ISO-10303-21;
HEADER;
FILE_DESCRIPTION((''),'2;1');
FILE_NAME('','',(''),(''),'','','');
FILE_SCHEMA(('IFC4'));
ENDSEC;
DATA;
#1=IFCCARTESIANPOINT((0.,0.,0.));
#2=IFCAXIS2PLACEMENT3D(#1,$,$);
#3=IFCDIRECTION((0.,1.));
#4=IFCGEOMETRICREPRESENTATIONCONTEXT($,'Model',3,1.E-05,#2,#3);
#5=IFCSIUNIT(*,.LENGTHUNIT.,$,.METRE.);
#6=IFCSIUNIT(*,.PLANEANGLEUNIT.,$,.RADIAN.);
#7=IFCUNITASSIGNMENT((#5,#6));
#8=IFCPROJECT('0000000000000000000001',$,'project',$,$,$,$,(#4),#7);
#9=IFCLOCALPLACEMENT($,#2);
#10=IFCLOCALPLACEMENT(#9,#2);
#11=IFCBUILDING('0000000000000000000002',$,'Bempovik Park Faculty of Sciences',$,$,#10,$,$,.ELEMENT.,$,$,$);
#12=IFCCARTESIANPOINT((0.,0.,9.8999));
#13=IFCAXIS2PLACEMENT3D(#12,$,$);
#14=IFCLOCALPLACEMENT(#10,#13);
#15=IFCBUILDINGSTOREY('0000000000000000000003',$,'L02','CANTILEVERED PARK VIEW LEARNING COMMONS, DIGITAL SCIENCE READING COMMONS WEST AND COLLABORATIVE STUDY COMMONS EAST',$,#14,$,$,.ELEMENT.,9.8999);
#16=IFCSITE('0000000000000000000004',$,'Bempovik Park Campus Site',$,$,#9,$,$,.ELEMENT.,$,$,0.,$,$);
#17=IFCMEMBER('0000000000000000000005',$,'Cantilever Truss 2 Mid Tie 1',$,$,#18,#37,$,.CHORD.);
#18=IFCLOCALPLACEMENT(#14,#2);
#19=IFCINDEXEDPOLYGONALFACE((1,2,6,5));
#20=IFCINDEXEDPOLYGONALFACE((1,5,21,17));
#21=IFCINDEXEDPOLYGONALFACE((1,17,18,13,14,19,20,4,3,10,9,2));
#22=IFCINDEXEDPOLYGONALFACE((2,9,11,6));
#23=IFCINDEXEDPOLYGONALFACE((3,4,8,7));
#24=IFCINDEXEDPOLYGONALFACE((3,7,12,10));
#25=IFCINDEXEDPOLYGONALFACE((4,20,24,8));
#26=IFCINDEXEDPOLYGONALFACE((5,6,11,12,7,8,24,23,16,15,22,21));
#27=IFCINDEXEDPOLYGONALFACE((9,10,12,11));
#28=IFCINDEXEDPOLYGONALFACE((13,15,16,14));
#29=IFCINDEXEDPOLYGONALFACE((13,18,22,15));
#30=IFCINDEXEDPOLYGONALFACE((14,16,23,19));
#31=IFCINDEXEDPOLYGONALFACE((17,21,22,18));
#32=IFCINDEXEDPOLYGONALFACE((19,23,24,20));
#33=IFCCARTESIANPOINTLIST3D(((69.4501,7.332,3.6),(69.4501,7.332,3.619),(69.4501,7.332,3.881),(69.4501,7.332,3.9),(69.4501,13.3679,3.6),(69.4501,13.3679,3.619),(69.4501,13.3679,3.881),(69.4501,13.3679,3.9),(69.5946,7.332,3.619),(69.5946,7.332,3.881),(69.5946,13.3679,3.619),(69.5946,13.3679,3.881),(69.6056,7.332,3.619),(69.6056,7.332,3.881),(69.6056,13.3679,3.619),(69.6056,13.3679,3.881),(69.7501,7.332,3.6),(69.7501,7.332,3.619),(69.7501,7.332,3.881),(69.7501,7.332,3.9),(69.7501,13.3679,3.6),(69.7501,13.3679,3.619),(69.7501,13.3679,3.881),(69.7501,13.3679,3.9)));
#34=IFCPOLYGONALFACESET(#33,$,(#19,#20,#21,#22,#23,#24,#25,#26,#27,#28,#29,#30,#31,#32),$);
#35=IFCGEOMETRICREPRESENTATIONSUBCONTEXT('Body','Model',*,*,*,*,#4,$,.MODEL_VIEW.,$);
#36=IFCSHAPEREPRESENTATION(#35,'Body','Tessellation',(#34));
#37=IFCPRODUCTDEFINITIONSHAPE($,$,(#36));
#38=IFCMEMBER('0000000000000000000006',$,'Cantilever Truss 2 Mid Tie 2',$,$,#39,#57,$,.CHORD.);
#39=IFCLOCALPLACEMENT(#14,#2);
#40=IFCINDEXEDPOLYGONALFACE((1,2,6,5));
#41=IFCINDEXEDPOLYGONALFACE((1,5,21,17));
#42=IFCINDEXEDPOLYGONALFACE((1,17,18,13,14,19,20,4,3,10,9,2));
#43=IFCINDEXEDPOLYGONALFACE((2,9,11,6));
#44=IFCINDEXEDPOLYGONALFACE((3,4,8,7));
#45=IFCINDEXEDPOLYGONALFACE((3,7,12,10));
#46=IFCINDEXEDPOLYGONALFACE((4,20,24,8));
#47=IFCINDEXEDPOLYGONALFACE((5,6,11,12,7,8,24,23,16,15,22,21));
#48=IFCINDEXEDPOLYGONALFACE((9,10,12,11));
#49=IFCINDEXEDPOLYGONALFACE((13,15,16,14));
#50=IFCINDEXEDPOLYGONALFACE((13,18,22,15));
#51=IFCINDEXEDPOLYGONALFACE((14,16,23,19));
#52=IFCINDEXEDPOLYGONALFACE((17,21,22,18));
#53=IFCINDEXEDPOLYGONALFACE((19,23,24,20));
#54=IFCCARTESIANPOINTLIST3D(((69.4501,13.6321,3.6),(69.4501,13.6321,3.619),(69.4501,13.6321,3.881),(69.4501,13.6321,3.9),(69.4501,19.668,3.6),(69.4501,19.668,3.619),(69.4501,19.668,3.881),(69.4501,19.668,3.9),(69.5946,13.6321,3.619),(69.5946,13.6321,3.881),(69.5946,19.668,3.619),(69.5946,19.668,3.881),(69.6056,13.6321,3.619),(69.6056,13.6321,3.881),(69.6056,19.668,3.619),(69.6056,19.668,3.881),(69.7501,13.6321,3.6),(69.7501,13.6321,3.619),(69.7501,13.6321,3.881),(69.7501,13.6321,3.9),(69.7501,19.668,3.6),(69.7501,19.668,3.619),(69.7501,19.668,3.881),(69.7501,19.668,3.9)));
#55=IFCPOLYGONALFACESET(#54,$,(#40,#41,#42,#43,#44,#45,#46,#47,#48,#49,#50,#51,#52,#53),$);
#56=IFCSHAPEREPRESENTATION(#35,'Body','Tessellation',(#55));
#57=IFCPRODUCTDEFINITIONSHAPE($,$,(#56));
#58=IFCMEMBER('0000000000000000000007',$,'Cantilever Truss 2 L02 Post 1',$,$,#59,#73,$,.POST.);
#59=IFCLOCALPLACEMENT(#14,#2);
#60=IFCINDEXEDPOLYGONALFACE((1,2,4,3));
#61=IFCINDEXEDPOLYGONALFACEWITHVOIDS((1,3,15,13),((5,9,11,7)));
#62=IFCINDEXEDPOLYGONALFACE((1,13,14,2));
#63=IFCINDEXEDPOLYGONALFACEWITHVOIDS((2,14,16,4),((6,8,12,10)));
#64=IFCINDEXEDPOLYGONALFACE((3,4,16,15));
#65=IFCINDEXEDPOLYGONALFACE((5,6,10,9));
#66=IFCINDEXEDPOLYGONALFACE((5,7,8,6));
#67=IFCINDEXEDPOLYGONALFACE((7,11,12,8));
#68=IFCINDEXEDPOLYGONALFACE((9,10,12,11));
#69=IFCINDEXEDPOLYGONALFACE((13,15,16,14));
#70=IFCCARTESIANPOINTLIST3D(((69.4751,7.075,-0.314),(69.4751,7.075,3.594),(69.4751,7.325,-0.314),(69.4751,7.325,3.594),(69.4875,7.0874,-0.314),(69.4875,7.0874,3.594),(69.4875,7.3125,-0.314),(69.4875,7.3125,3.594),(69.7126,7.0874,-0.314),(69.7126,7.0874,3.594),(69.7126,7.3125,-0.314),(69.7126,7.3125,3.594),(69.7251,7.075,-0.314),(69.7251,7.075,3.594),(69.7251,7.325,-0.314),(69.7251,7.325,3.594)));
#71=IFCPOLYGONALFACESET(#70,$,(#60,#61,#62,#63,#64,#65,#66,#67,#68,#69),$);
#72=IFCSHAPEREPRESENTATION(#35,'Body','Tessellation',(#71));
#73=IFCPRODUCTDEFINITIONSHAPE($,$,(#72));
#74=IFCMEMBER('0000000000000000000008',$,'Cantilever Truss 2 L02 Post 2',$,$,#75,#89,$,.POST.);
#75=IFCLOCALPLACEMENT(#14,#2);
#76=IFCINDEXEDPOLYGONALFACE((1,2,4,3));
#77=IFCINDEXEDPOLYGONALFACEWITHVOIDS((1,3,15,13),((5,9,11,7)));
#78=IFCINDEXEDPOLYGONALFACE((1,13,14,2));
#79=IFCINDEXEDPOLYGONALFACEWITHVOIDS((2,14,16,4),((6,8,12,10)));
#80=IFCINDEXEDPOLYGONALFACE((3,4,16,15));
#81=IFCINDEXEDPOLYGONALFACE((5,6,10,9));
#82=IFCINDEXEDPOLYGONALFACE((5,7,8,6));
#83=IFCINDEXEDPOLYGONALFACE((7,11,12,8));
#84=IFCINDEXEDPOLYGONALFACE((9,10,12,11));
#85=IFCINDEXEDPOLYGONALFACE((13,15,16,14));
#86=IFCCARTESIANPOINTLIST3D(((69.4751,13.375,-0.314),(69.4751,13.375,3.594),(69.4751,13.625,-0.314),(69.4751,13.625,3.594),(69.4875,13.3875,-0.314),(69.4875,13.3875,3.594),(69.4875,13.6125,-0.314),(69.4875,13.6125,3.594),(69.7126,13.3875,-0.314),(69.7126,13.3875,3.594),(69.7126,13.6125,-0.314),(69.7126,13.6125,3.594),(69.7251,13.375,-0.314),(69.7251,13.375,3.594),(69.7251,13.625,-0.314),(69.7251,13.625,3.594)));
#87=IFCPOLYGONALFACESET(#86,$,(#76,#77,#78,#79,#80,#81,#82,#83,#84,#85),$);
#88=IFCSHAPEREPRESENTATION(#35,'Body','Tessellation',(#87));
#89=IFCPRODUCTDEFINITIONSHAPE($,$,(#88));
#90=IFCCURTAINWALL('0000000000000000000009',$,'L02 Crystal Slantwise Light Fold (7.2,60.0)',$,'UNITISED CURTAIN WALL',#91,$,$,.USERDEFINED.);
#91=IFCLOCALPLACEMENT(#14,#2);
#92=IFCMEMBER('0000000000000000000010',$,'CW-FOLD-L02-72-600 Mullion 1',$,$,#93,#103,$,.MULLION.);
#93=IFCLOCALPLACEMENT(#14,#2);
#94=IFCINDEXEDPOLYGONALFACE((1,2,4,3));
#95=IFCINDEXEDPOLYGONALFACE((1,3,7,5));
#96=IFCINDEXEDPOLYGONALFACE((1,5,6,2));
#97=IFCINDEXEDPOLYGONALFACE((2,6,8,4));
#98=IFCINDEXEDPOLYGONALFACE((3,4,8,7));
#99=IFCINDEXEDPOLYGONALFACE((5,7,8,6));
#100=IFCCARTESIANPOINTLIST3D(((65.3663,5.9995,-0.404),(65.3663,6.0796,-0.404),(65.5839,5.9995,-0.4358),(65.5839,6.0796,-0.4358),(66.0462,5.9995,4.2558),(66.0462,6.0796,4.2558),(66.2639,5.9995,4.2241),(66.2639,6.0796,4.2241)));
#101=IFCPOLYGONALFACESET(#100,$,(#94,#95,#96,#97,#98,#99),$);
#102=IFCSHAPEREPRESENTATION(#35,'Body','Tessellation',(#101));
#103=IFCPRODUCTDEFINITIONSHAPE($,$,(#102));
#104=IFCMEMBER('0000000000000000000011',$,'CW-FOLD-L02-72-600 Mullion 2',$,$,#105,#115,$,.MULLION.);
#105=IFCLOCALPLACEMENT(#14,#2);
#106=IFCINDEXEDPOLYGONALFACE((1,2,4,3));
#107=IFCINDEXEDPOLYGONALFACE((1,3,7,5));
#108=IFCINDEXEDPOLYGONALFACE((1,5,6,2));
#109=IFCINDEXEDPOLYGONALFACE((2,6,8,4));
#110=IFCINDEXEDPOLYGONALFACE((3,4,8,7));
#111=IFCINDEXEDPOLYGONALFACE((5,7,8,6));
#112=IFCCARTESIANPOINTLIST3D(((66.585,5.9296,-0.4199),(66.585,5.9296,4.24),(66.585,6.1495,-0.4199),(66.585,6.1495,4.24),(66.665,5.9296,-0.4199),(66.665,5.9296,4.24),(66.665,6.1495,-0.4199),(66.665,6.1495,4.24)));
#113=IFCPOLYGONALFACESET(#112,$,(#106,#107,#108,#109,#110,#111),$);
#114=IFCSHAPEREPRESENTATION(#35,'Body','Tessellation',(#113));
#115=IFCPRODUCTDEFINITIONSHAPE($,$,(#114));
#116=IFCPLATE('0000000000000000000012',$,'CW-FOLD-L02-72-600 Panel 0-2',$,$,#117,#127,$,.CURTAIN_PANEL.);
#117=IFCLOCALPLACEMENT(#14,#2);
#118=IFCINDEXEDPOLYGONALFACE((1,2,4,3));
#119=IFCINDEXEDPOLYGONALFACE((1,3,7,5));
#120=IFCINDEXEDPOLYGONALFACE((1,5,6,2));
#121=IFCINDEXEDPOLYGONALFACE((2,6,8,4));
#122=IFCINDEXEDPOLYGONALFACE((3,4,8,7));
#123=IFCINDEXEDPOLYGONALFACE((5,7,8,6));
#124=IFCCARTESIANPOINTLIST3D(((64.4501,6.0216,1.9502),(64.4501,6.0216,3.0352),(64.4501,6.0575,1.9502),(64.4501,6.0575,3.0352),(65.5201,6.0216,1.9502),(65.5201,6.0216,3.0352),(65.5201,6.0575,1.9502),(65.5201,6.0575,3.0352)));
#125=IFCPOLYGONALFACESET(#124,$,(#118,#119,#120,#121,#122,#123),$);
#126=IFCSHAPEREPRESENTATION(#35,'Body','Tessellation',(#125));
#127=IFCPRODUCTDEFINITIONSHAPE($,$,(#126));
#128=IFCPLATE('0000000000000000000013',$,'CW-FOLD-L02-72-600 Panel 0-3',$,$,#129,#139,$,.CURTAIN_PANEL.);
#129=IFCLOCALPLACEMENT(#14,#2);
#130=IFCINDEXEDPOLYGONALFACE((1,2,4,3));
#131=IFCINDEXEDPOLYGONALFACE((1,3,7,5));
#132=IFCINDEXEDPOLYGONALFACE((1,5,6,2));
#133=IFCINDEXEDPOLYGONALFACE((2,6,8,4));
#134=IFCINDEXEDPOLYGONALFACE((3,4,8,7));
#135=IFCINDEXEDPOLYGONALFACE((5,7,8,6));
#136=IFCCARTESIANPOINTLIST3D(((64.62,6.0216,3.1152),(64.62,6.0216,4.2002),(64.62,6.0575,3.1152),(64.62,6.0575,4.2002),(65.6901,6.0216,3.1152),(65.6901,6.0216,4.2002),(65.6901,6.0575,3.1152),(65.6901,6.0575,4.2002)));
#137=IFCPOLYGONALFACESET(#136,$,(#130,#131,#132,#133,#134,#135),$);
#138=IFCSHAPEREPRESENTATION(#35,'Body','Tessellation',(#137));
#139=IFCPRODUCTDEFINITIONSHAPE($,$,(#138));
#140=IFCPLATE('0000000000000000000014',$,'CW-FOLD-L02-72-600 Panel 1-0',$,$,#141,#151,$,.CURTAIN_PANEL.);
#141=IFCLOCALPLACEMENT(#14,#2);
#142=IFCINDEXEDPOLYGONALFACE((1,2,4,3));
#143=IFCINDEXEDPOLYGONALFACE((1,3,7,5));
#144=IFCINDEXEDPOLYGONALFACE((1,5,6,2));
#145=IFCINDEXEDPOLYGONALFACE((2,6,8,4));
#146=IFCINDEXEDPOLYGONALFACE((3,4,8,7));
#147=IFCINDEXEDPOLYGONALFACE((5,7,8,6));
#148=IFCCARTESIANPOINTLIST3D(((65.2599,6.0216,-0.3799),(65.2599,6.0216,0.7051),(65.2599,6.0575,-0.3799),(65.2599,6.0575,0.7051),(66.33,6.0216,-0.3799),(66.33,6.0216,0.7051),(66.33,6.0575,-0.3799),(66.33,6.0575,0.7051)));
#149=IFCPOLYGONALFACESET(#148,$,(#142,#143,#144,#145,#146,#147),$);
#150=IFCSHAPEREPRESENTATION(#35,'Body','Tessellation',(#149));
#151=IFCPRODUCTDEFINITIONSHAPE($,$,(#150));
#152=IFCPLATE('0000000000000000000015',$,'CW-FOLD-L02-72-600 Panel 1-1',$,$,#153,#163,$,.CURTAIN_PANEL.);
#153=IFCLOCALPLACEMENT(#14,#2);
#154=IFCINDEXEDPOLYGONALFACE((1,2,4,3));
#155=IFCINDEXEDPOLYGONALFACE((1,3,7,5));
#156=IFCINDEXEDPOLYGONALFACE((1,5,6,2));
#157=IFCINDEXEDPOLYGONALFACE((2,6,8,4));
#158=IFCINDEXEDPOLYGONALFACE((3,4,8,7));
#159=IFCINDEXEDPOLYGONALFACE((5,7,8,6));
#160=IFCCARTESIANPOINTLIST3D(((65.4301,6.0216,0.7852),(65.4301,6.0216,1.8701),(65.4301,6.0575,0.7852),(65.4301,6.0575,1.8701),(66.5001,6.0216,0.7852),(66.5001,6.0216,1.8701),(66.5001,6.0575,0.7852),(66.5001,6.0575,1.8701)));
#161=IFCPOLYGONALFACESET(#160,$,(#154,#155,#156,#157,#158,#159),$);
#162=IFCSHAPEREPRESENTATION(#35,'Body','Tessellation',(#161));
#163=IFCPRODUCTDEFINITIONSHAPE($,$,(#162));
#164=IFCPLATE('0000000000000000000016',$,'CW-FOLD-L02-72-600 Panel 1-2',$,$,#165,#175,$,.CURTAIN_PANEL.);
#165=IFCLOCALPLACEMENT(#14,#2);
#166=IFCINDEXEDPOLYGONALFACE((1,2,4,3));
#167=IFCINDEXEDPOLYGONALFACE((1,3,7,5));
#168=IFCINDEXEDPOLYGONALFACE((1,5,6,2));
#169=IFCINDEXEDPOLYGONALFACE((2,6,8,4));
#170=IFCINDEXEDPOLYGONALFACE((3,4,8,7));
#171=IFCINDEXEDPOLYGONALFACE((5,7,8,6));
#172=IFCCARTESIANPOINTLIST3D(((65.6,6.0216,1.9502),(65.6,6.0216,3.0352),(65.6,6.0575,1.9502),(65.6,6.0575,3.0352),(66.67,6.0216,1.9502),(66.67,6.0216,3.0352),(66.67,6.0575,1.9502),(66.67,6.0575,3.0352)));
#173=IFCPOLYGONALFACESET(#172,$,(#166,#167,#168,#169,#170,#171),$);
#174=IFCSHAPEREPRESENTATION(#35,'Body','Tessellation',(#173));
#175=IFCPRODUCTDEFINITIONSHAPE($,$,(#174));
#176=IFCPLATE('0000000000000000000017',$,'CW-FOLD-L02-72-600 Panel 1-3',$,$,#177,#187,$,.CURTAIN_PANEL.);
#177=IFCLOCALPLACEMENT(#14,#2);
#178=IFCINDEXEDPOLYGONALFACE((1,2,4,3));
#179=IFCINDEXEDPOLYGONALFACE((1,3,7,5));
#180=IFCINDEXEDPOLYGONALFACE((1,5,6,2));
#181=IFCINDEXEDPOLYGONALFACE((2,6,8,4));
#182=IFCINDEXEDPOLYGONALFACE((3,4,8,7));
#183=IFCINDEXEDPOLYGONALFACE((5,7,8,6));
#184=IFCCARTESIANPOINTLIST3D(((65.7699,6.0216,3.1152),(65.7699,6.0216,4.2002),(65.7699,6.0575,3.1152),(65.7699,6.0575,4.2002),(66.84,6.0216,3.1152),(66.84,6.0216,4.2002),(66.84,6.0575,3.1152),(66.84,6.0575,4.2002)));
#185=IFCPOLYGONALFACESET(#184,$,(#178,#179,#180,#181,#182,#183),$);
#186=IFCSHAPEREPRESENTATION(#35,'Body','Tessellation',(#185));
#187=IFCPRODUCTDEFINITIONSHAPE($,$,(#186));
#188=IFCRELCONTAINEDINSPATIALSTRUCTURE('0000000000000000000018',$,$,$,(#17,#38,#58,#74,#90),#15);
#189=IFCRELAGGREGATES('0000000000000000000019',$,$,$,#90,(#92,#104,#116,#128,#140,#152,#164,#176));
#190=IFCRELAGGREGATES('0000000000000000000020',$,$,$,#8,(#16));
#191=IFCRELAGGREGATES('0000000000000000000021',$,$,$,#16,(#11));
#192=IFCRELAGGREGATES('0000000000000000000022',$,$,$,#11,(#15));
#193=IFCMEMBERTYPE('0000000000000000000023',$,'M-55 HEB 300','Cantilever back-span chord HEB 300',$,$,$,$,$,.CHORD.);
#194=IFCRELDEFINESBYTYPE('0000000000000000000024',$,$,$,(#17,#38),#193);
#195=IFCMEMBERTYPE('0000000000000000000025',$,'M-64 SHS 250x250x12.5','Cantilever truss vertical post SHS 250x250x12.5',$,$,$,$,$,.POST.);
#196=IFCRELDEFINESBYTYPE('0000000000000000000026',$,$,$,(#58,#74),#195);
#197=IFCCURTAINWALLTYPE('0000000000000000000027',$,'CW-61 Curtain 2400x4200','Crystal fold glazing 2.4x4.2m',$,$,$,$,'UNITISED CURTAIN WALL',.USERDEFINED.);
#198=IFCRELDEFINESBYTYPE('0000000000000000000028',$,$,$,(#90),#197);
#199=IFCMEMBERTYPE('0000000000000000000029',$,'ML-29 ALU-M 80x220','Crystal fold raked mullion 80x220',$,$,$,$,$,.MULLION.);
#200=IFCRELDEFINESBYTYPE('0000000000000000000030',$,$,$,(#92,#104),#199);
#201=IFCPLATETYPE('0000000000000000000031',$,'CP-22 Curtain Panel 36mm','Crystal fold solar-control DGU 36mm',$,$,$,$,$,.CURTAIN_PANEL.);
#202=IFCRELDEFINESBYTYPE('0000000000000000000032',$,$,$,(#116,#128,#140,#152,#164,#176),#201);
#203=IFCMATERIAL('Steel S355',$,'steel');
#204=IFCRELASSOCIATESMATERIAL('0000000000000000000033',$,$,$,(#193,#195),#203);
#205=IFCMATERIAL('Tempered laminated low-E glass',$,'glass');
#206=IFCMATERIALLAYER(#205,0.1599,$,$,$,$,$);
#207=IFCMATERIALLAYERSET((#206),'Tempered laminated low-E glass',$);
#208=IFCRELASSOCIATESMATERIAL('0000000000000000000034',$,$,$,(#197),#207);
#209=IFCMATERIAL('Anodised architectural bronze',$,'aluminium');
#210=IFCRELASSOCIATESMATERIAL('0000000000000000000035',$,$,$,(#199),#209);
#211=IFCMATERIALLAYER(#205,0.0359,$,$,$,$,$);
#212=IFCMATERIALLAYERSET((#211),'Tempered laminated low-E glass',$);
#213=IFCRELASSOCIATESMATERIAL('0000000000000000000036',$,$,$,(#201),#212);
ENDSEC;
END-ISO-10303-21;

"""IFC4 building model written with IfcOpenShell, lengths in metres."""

from ifc_helpers import new_model, si_unit, direction, frame, origin, origin_2d, place, context, subcontext, project, spatial, rectangle, hollow_rectangle, i_section, extrude, material, layer, layer_set, material_profile, profile_set, type_object, element, aggregate, save


model = new_model("IFC4")

# Units and contexts
model_context = context("Model", 3, precision=1e-05, world=origin(), true_north=direction((0.0, 1.0)))
body_context = subcontext(model_context, "Body", "Model", "MODEL_VIEW")
ifc_project = project(units=[si_unit("LENGTHUNIT", "METRE"), si_unit("PLANEANGLEUNIT", "RADIAN")], contexts=[model_context])

# Site, building, storey
site_placement = place(None, origin())
site = spatial("IfcSite", under=ifc_project, at=site_placement, Name="Bempovik Park Campus Site", CompositionType="ELEMENT", RefElevation=0.0)
building_placement = place(site_placement, origin())
building = spatial("IfcBuilding", under=site, at=building_placement, Name="Bempovik Park Faculty of Sciences", CompositionType="ELEMENT")
storey_placement = place(building_placement, frame((0.0, 0.0, 9.8999)))
storey = spatial("IfcBuildingStorey", under=building, at=storey_placement, Name="L02", Description="CANTILEVERED PARK VIEW LEARNING COMMONS, DIGITAL SCIENCE READING COMMONS WEST AND COLLABORATIVE STUDY COMMONS EAST", CompositionType="ELEMENT", Elevation=9.8999)

# Shared definitions
ifc_material_1 = material(Name="Steel S355", Category="steel")

# Members
ifc_material_profile_1 = material_profile(ifc_material_1, i_section(OverallWidth=0.3, OverallDepth=0.3, WebThickness=0.011, FlangeThickness=0.019, at=origin_2d()), Name="HEB 300")
ifc_profile_set_1 = profile_set([ifc_material_profile_1], Name="Steel S355")
member_type_1 = type_object("IfcMemberType", Name="M-55 HEB 300", Description="Cantilever back-span chord HEB 300", PredefinedType="CHORD", material=ifc_profile_set_1)
for number, where, z_axis, x_axis, name in (
    (1, (69.6001, 7.332, 3.75), (0.0, 1.0, 0.0), (-1.0, 0.0, 0.0), "Cantilever Truss 2 Mid Tie 1"),
    (2, (69.6001, 13.6321, 3.75), (0.0, 1.0, 0.0), (-1.0, 0.0, 0.0), "Cantilever Truss 2 Mid Tie 2"),
):
    element("IfcMember", number, at=place(storey_placement, frame(where, z_axis=z_axis, x_axis=x_axis)), inside=storey, type_object=member_type_1, Name=name, PredefinedType="CHORD", context=body_context, shape_type="SweptSolid", body=[
        extrude(i_section(OverallWidth=0.3, OverallDepth=0.3, WebThickness=0.011, FlangeThickness=0.019, at=origin_2d()), origin(), (0.0, 0.0, 1.0), 6.0359),
    ])
ifc_material_profile_2 = material_profile(ifc_material_1, hollow_rectangle(XDim=0.25, YDim=0.25, WallThickness=0.0125, at=origin_2d()), Name="SHS 250x250x12.5")
ifc_profile_set_2 = profile_set([ifc_material_profile_2], Name="Steel S355")
member_type_2 = type_object("IfcMemberType", Name="M-64 SHS 250x250x12.5", Description="Cantilever truss vertical post SHS 250x250x12.5", PredefinedType="POST", material=ifc_profile_set_2)
for number, where, z_axis, x_axis, name in (
    (3, (69.6001, 7.2, -0.314), (0.0, 0.0, 1.0), (1.0, 0.0, 0.0), "Cantilever Truss 2 L02 Post 1"),
    (4, (69.6001, 13.5, -0.314), (0.0, 0.0, 1.0), (1.0, 0.0, 0.0), "Cantilever Truss 2 L02 Post 2"),
):
    element("IfcMember", number, at=place(storey_placement, frame(where, z_axis=z_axis, x_axis=x_axis)), inside=storey, type_object=member_type_2, Name=name, PredefinedType="POST", context=body_context, shape_type="SweptSolid", body=[
        extrude(hollow_rectangle(XDim=0.25, YDim=0.25, WallThickness=0.0125, at=origin_2d()), origin(), (0.0, 0.0, 1.0), 3.908),
    ])

# Curtain wall, members, plates
ifc_material_2 = material(Name="Tempered laminated low-E glass", Category="glass")
ifc_layer_1 = layer(ifc_material_2, 0.1599)
ifc_layer_set_1 = layer_set([ifc_layer_1], Name="Tempered laminated low-E glass")
curtain_wall_type = type_object("IfcCurtainWallType", Name="CW-61 Curtain 2400x4200", Description="Crystal fold glazing 2.4x4.2m", ElementType="UNITISED CURTAIN WALL", PredefinedType="USERDEFINED", material=ifc_layer_set_1)
curtain_wall_placement = place(storey_placement, origin())
curtain_wall = element("IfcCurtainWall", 5, at=curtain_wall_placement, inside=storey, type_object=curtain_wall_type, Name="L02 Crystal Slantwise Light Fold (7.2,60.0)", ObjectType="UNITISED CURTAIN WALL", PredefinedType="USERDEFINED")
ifc_material_3 = material(Name="Anodised architectural bronze", Category="aluminium")
ifc_material_profile_3 = material_profile(ifc_material_3, rectangle(XDim=0.0801, YDim=0.22, at=origin_2d()), Name="ALU-M 80x220")
ifc_profile_set_3 = profile_set([ifc_material_profile_3], Name="Anodised architectural bronze")
member_type_3 = type_object("IfcMemberType", Name="ML-29 ALU-M 80x220", Description="Crystal fold raked mullion 80x220", PredefinedType="MULLION", material=ifc_profile_set_3)
member_1_placement = place(storey_placement, frame((65.4751, 6.0396, -0.4199), z_axis=(0.144382, 0.0, 0.989522), x_axis=(0.0, 1.0, 0.0)))
member_1 = element("IfcMember", 6, at=member_1_placement, type_object=member_type_3, Name="CW-FOLD-L02-72-600 Mullion 1", PredefinedType="MULLION", context=body_context, shape_type="SweptSolid", body=[
    extrude(rectangle(XDim=0.0801, YDim=0.22, at=origin_2d()), origin(), (0.0, 0.0, 1.0), 4.7092),
])
member_2_placement = place(storey_placement, frame((66.625, 6.0396, -0.4199), z_axis=(0.0, 0.0, 1.0), x_axis=(1.0, 0.0, 0.0)))
member_2 = element("IfcMember", 7, at=member_2_placement, type_object=member_type_3, Name="CW-FOLD-L02-72-600 Mullion 2", PredefinedType="MULLION", context=body_context, shape_type="SweptSolid", body=[
    extrude(rectangle(XDim=0.0801, YDim=0.22, at=origin_2d()), origin(), (0.0, 0.0, 1.0), 4.6599),
])
ifc_layer_2 = layer(ifc_material_2, 0.0359)
ifc_layer_set_2 = layer_set([ifc_layer_2], Name="Tempered laminated low-E glass")
plate_type_1 = type_object("IfcPlateType", Name="CP-22 Curtain Panel 36mm", Description="Crystal fold solar-control DGU 36mm", PredefinedType="CURTAIN_PANEL", material=ifc_layer_set_2)
plate_1_placement = place(storey_placement, frame((64.9851, 6.0396, 1.9502), z_axis=(0.0, 0.0, 1.0), x_axis=(1.0, 0.0, 0.0)))
plate_1 = element("IfcPlate", 8, at=plate_1_placement, type_object=plate_type_1, Name="CW-FOLD-L02-72-600 Panel 0-2", PredefinedType="CURTAIN_PANEL", context=body_context, shape_type="SweptSolid", body=[
    extrude(rectangle(XDim=1.0701, YDim=0.0359, at=origin_2d()), origin(), (0.0, 0.0, 1.0), 1.085),
])
plate_2_placement = place(storey_placement, frame((65.155, 6.0396, 3.1152), z_axis=(0.0, 0.0, 1.0), x_axis=(1.0, 0.0, 0.0)))
plate_2 = element("IfcPlate", 9, at=plate_2_placement, type_object=plate_type_1, Name="CW-FOLD-L02-72-600 Panel 0-3", PredefinedType="CURTAIN_PANEL", context=body_context, shape_type="SweptSolid", body=[
    extrude(rectangle(XDim=1.0701, YDim=0.0359, at=origin_2d()), origin(), (0.0, 0.0, 1.0), 1.085),
])
plate_3_placement = place(storey_placement, frame((65.7949, 6.0396, -0.3799), z_axis=(0.0, 0.0, 1.0), x_axis=(1.0, 0.0, 0.0)))
plate_3 = element("IfcPlate", 10, at=plate_3_placement, type_object=plate_type_1, Name="CW-FOLD-L02-72-600 Panel 1-0", PredefinedType="CURTAIN_PANEL", context=body_context, shape_type="SweptSolid", body=[
    extrude(rectangle(XDim=1.0701, YDim=0.0359, at=origin_2d()), origin(), (0.0, 0.0, 1.0), 1.085),
])
plate_4_placement = place(storey_placement, frame((65.9651, 6.0396, 0.7852), z_axis=(0.0, 0.0, 1.0), x_axis=(1.0, 0.0, 0.0)))
plate_4 = element("IfcPlate", 11, at=plate_4_placement, type_object=plate_type_1, Name="CW-FOLD-L02-72-600 Panel 1-1", PredefinedType="CURTAIN_PANEL", context=body_context, shape_type="SweptSolid", body=[
    extrude(rectangle(XDim=1.0701, YDim=0.0359, at=origin_2d()), origin(), (0.0, 0.0, 1.0), 1.085),
])
plate_5_placement = place(storey_placement, frame((66.135, 6.0396, 1.9502), z_axis=(0.0, 0.0, 1.0), x_axis=(1.0, 0.0, 0.0)))
plate_5 = element("IfcPlate", 12, at=plate_5_placement, type_object=plate_type_1, Name="CW-FOLD-L02-72-600 Panel 1-2", PredefinedType="CURTAIN_PANEL", context=body_context, shape_type="SweptSolid", body=[
    extrude(rectangle(XDim=1.0701, YDim=0.0359, at=origin_2d()), origin(), (0.0, 0.0, 1.0), 1.085),
])
plate_6_placement = place(storey_placement, frame((66.3049, 6.0396, 3.1152), z_axis=(0.0, 0.0, 1.0), x_axis=(1.0, 0.0, 0.0)))
plate_6 = element("IfcPlate", 13, at=plate_6_placement, type_object=plate_type_1, Name="CW-FOLD-L02-72-600 Panel 1-3", PredefinedType="CURTAIN_PANEL", context=body_context, shape_type="SweptSolid", body=[
    extrude(rectangle(XDim=1.0701, YDim=0.0359, at=origin_2d()), origin(), (0.0, 0.0, 1.0), 1.085),
])
aggregate(curtain_wall, [member_1, member_2, plate_1, plate_2, plate_3, plate_4, plate_5, plate_6])

save(model, "model.ifc")
